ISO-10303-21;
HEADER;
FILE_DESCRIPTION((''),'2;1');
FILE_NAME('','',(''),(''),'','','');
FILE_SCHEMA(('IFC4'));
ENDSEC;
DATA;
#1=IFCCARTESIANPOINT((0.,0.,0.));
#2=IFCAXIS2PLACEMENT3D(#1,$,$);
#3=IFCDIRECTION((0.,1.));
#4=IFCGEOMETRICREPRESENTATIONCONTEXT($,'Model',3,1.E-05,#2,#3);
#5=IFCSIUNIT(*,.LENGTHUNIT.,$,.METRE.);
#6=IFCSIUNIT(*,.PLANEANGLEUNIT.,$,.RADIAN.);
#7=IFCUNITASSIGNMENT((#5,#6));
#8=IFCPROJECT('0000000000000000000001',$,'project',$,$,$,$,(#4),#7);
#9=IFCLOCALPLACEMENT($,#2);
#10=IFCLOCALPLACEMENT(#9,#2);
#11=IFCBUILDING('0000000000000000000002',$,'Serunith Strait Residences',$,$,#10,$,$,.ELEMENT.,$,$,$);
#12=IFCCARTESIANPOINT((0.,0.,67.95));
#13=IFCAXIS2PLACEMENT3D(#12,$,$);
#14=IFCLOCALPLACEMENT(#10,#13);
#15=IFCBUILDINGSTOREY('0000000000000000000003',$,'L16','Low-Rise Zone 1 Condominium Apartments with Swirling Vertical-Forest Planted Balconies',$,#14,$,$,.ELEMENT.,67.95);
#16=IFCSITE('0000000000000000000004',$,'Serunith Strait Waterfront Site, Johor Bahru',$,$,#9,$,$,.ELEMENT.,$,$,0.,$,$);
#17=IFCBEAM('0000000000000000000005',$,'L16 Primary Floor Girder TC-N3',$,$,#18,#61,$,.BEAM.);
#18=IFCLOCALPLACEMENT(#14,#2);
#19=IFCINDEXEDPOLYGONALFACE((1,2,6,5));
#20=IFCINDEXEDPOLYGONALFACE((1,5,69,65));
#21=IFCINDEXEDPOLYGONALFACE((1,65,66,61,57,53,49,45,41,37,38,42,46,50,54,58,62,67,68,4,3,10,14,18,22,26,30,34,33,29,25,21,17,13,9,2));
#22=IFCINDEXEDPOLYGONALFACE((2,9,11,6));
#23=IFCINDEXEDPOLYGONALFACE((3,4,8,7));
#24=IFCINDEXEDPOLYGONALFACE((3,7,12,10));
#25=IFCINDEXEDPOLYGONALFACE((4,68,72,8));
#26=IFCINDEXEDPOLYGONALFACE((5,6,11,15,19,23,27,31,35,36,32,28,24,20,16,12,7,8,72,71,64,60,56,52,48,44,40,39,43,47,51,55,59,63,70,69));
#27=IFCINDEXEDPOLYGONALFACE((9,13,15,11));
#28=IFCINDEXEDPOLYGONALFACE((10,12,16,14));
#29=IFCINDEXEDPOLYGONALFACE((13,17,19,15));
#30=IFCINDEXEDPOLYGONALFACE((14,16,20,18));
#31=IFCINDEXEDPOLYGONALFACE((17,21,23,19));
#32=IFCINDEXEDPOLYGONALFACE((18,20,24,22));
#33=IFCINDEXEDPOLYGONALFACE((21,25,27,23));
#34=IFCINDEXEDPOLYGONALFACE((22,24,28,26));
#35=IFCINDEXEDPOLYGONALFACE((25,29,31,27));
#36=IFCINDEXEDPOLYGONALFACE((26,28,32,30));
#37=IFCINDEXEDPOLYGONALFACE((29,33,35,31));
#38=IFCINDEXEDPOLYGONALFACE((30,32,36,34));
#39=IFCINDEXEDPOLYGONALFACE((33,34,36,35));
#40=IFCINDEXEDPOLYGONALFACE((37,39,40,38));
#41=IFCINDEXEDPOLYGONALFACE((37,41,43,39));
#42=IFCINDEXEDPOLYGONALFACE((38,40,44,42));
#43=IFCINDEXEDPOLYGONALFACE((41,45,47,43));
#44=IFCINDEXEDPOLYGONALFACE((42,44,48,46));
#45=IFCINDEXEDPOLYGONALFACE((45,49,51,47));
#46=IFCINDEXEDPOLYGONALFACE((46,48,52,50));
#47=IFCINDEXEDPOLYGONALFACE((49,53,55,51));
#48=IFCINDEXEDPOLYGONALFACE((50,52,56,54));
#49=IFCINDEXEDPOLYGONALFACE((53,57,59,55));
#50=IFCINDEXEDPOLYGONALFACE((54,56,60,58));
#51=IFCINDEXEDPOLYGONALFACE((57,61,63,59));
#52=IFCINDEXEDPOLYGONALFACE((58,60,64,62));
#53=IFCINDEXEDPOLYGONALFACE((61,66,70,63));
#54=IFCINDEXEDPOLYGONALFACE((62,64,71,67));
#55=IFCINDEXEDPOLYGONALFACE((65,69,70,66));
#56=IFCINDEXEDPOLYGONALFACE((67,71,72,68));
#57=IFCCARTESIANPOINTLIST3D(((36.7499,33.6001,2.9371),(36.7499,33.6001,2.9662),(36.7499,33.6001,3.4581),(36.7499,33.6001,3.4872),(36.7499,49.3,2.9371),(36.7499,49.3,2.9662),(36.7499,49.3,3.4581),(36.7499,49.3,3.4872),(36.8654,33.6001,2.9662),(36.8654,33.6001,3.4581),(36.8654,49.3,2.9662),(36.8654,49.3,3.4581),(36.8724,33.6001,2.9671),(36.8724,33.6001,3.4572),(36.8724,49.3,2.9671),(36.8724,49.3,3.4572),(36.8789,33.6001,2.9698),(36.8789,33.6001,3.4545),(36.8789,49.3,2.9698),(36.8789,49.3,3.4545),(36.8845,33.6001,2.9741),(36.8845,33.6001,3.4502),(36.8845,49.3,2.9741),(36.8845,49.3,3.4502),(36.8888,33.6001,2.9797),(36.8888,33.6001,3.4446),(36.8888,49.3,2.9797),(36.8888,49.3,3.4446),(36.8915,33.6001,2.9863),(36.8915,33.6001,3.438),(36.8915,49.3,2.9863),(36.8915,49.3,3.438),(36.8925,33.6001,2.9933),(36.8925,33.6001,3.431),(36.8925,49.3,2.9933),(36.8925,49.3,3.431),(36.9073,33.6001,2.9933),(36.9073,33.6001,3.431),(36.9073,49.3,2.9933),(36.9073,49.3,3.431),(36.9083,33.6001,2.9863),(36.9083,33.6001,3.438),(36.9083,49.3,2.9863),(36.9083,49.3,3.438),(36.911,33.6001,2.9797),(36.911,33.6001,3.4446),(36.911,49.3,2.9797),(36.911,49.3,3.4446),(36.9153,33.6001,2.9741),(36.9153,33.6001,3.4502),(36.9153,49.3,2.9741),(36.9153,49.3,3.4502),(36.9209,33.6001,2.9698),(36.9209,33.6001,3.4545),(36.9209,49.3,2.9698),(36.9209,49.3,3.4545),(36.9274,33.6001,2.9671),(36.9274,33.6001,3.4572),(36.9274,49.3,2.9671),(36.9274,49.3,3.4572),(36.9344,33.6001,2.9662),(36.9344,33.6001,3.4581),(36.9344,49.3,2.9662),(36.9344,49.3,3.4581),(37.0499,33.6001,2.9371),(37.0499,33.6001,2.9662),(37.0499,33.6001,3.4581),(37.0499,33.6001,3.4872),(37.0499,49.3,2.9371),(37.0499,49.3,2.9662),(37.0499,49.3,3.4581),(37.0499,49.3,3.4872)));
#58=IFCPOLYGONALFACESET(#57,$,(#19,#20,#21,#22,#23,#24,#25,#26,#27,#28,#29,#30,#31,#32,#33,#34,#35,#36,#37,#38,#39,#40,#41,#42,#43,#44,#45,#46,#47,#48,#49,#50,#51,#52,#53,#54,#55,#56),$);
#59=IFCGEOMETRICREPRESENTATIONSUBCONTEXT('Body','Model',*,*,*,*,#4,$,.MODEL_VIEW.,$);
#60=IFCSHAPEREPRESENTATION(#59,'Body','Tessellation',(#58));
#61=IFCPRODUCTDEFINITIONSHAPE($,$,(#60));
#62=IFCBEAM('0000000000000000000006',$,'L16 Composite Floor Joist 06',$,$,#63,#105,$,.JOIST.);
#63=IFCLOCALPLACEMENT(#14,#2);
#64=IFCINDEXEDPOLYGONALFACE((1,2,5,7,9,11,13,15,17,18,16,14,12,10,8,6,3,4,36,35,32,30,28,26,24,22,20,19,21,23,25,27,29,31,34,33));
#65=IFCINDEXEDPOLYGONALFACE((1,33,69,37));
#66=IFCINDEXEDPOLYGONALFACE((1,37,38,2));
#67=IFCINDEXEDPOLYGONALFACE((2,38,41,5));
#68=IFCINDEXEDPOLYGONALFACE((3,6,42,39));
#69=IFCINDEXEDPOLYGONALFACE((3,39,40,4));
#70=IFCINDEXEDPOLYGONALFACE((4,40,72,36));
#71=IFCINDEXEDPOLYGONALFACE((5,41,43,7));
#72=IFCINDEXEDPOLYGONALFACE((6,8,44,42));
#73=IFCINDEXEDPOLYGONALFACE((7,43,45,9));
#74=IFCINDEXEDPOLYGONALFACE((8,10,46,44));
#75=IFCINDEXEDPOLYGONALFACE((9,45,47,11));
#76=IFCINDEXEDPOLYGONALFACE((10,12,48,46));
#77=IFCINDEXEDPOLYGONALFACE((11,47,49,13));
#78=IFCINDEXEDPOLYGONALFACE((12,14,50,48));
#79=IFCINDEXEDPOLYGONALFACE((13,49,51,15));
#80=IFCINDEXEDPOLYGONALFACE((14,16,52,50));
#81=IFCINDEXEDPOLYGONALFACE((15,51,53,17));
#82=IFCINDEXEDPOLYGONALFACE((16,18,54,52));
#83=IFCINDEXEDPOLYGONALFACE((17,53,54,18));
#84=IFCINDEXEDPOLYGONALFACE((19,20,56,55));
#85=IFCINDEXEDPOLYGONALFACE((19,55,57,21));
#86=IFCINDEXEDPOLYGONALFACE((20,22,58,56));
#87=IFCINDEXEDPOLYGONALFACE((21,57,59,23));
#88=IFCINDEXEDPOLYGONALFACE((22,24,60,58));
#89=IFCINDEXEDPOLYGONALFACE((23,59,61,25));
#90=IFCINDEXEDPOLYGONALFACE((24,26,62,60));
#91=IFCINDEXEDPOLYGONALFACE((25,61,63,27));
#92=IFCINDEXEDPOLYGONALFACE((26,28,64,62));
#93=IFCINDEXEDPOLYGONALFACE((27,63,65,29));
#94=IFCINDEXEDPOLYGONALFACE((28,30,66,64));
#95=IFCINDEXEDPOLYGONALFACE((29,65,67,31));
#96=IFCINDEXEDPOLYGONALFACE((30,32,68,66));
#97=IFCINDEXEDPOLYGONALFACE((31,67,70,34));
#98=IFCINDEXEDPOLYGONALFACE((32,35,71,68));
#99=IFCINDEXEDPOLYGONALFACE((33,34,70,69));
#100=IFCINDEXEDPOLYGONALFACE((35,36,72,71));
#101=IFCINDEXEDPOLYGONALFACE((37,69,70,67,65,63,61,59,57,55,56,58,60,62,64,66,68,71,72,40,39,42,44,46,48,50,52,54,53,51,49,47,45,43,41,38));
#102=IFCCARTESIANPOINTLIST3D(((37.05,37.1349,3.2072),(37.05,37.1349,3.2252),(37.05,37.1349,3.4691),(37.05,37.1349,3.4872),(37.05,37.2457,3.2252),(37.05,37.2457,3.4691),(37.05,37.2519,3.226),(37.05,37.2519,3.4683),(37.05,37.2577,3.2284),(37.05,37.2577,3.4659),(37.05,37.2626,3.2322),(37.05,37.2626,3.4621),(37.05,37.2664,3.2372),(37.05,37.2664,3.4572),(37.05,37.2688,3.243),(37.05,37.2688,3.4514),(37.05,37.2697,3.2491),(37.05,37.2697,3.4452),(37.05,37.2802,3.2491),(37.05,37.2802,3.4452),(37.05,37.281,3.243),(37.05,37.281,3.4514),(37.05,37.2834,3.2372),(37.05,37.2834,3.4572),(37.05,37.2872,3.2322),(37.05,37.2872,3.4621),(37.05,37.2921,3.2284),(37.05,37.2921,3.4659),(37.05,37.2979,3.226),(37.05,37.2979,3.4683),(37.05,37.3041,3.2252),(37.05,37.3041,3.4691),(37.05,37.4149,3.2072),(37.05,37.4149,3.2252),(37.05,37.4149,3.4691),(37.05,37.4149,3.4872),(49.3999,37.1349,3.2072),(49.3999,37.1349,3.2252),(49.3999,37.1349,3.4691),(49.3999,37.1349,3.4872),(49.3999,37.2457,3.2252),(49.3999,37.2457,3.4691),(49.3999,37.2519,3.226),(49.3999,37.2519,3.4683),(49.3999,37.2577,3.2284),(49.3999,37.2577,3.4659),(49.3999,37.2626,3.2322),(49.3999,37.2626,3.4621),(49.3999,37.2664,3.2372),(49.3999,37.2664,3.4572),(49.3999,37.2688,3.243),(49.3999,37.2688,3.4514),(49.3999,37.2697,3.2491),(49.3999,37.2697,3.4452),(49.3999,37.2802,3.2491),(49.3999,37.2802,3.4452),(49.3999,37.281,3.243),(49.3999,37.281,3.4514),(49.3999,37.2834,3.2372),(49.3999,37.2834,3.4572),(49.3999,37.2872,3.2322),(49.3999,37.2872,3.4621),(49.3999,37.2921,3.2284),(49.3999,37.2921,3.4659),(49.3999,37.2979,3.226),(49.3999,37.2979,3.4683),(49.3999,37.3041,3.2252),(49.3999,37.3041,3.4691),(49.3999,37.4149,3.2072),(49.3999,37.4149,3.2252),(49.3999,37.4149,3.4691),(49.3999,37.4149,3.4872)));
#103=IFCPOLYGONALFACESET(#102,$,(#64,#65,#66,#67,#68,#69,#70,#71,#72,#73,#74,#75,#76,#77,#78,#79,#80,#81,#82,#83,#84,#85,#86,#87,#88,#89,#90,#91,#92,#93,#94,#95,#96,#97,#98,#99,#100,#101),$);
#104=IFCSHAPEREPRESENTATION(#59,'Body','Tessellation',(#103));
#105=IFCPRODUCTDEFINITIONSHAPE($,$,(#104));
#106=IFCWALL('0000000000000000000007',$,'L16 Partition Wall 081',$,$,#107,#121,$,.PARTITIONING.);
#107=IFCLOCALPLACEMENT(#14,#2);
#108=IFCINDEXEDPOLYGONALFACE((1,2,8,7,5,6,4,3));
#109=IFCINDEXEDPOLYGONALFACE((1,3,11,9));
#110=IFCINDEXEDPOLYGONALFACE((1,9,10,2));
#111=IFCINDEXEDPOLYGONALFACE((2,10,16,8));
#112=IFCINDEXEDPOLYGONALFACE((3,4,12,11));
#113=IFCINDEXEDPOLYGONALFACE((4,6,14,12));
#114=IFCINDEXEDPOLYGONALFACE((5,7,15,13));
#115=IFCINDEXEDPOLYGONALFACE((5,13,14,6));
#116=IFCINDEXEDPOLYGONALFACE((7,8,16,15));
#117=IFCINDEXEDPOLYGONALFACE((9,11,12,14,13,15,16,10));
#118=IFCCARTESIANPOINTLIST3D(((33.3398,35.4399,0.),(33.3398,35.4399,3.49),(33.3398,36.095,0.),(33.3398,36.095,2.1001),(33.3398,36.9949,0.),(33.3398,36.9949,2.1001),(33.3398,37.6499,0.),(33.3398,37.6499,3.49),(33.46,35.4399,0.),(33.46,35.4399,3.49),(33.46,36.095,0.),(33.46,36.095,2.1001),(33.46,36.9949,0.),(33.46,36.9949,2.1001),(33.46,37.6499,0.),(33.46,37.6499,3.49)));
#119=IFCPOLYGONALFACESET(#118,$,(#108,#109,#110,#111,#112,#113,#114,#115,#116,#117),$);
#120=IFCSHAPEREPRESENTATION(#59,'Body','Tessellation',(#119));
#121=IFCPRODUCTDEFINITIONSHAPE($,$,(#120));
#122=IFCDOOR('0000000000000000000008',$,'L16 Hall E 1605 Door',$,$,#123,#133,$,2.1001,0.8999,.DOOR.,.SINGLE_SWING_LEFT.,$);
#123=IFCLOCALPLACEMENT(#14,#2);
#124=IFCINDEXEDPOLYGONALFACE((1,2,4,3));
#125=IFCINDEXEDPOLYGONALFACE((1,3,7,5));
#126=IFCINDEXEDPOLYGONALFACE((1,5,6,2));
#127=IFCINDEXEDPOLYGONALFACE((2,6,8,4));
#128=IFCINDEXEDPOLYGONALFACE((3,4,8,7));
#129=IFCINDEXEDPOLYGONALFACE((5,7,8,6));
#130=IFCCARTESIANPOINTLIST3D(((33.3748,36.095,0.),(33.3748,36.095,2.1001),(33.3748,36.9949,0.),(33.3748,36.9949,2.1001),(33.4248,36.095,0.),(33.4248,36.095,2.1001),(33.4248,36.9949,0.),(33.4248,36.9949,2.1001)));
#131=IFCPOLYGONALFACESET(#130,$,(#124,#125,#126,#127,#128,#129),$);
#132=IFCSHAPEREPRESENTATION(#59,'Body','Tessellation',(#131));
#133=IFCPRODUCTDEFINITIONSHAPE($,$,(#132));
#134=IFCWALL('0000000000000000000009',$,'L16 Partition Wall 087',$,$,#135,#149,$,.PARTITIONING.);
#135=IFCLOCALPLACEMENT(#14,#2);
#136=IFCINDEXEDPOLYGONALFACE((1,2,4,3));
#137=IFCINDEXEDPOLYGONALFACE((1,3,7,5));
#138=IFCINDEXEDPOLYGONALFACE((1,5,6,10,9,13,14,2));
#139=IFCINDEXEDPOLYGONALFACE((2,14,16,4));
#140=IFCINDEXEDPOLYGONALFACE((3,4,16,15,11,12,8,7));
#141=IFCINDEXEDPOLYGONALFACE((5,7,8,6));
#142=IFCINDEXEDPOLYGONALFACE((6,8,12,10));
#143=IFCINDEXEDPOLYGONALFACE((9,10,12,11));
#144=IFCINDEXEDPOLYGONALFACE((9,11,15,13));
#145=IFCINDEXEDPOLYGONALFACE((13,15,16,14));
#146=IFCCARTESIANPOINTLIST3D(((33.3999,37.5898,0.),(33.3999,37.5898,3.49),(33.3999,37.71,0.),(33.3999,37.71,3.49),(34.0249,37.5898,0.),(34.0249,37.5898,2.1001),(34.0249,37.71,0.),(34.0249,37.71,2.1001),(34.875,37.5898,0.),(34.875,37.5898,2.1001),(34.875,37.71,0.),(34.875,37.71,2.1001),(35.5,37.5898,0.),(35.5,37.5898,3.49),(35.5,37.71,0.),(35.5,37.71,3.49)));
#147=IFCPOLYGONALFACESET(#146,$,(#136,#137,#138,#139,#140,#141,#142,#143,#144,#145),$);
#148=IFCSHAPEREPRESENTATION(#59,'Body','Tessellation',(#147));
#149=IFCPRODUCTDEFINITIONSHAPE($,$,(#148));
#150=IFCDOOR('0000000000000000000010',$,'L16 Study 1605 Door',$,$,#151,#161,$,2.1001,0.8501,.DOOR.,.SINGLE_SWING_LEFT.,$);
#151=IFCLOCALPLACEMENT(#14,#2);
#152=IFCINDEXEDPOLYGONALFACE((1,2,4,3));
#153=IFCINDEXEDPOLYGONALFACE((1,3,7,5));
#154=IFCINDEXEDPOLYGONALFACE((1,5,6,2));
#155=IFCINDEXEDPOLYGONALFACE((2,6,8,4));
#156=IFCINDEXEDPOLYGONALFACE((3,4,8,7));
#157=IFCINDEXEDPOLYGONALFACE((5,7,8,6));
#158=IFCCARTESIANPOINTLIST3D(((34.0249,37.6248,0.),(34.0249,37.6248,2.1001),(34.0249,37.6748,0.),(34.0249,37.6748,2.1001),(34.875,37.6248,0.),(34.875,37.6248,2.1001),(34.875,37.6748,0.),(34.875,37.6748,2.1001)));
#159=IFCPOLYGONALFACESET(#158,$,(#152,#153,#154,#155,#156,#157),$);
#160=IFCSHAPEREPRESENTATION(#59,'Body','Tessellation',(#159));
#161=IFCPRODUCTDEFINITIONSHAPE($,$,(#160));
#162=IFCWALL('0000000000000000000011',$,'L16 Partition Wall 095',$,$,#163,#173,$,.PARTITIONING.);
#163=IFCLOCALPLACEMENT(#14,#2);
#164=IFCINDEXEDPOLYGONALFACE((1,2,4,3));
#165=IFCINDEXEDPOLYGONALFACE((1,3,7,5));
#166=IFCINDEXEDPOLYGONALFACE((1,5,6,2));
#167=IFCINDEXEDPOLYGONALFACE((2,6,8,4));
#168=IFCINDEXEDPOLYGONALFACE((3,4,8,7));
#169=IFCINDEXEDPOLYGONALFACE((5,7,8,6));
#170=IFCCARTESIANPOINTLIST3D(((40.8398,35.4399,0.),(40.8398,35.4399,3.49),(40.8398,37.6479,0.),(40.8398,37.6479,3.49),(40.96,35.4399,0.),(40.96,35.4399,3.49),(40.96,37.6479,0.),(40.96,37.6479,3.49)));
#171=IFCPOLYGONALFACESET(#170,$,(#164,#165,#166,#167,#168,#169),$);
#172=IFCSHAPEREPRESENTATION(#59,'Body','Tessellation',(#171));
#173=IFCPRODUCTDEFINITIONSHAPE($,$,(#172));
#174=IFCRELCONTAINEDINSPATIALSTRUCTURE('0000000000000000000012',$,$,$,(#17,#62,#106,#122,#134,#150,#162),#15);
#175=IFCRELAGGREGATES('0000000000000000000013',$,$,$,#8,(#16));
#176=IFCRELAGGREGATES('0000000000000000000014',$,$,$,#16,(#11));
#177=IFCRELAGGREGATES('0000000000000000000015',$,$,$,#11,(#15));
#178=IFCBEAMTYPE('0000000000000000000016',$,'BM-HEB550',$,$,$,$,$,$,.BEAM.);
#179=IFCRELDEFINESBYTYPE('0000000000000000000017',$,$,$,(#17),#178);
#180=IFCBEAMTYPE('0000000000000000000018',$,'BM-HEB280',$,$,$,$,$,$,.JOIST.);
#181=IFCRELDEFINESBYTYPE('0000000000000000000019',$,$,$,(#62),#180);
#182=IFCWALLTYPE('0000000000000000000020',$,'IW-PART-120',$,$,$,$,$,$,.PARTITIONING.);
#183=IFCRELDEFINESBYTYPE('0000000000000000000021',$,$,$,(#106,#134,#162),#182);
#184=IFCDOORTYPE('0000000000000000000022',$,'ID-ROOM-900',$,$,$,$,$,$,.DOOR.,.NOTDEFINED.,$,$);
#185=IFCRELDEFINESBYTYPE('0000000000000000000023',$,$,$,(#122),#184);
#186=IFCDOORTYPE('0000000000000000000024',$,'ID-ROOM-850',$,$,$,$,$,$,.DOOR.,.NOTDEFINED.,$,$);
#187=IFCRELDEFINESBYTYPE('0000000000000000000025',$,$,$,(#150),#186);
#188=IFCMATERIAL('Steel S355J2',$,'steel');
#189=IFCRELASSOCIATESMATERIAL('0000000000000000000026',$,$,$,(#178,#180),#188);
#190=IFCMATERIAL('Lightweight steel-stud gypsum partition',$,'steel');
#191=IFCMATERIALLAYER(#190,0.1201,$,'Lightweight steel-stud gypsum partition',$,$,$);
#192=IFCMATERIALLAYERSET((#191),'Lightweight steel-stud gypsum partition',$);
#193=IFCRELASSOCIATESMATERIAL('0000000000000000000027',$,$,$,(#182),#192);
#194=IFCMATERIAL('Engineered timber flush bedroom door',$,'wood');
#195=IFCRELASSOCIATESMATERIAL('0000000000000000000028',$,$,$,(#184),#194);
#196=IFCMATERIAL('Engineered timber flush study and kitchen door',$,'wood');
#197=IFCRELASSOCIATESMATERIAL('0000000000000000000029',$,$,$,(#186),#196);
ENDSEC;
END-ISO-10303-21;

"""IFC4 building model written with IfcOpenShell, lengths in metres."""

from ifc_helpers import new_model, si_unit, direction, frame, frame_2d, origin, origin_2d, place, context, subcontext, project, spatial, rectangle, i_section, extrude, source, transform, mapped, material, layer, layer_set, material_profile, profile_set, type_object, element, fill, save


model = new_model("IFC4")

# Units and contexts
model_context = context("Model", 3, precision=1e-05, world=origin(), true_north=direction((0.0, 1.0)))
body_context = subcontext(model_context, "Body", "Model", "MODEL_VIEW")
ifc_project = project(units=[si_unit("LENGTHUNIT", "METRE"), si_unit("PLANEANGLEUNIT", "RADIAN")], contexts=[model_context])

# Site, building, storey
site_placement = place(None, origin())
site = spatial("IfcSite", under=ifc_project, at=site_placement, Name="Serunith Strait Waterfront Site, Johor Bahru", CompositionType="ELEMENT", RefElevation=0.0)
building_placement = place(site_placement, origin())
building = spatial("IfcBuilding", under=site, at=building_placement, Name="Serunith Strait Residences", CompositionType="ELEMENT")
storey_placement = place(building_placement, frame((0.0, 0.0, 67.95)))
storey = spatial("IfcBuildingStorey", under=building, at=storey_placement, Name="L16", Description="Low-Rise Zone 1 Condominium Apartments with Swirling Vertical-Forest Planted Balconies", CompositionType="ELEMENT", Elevation=67.95)

# Beams
ifc_material_1 = material(Name="Steel S355J2", Category="steel")
ifc_material_profile_1 = material_profile(ifc_material_1, i_section(OverallWidth=0.3, OverallDepth=0.55, WebThickness=0.0149, FlangeThickness=0.0291, FilletRadius=0.0271, at=origin_2d()), Name="HEB 550")
ifc_profile_set_1 = profile_set([ifc_material_profile_1], Name="Steel S355J2")
beam_type_1 = type_object("IfcBeamType", Name="BM-HEB550", PredefinedType="BEAM", material=ifc_profile_set_1)
shared_shape_1 = source(origin(), body_context, "Body", "SweptSolid", [
    extrude(i_section(OverallWidth=0.3, OverallDepth=0.55, WebThickness=0.0149, FlangeThickness=0.0291, FilletRadius=0.0271, at=origin_2d()), origin(), (0.0, 0.0, 1.0), 15.7),
])
beam_1_placement = place(storey_placement, frame((36.8999, 33.6001, 3.2122), z_axis=(0.0, 1.0, 0.0), x_axis=(-1.0, 0.0, 0.0)))
element("IfcBeam", 1, at=beam_1_placement, inside=storey, type_object=beam_type_1, Name="L16 Primary Floor Girder TC-N3", PredefinedType="BEAM", context=body_context, shape_type="MappedRepresentation", body=[
    mapped(shared_shape_1, transform((0.0, 0.0, 0.0), scale=1.0)),
])
ifc_material_profile_2 = material_profile(ifc_material_1, i_section(OverallWidth=0.28, OverallDepth=0.28, WebThickness=0.0105, FlangeThickness=0.0181, FilletRadius=0.0239, at=origin_2d()), Name="HEB 280")
ifc_profile_set_2 = profile_set([ifc_material_profile_2], Name="Steel S355J2")
beam_type_2 = type_object("IfcBeamType", Name="BM-HEB280", PredefinedType="JOIST", material=ifc_profile_set_2)
shared_shape_2 = source(origin(), body_context, "Body", "SweptSolid", [
    extrude(i_section(OverallWidth=0.28, OverallDepth=0.28, WebThickness=0.0105, FlangeThickness=0.0181, FilletRadius=0.0239, at=origin_2d()), origin(), (0.0, 0.0, 1.0), 12.3499),
])
beam_2_placement = place(storey_placement, frame((37.05, 37.2749, 3.3472), z_axis=(1.0, 0.0, 0.0), x_axis=(0.0, 1.0, 0.0)))
element("IfcBeam", 2, at=beam_2_placement, inside=storey, type_object=beam_type_2, Name="L16 Composite Floor Joist 06", PredefinedType="JOIST", context=body_context, shape_type="MappedRepresentation", body=[
    mapped(shared_shape_2, transform((0.0, 0.0, 0.0), scale=1.0)),
])

# Walls, openings, doors
ifc_material_2 = material(Name="Lightweight steel-stud gypsum partition", Category="steel")
ifc_layer_1 = layer(ifc_material_2, 0.1201, Name="Lightweight steel-stud gypsum partition")
ifc_layer_set_1 = layer_set([ifc_layer_1], Name="Lightweight steel-stud gypsum partition")
wall_type_1 = type_object("IfcWallType", Name="IW-PART-120", PredefinedType="PARTITIONING", material=ifc_layer_set_1)
wall_1_placement = place(storey_placement, frame((33.3999, 37.6499, 0.0), z_axis=(0.0, 0.0, 1.0), x_axis=(0.0, -1.0, 0.0)))
wall_1 = element("IfcWall", 3, at=wall_1_placement, inside=storey, type_object=wall_type_1, Name="L16 Partition Wall 081", PredefinedType="PARTITIONING", context=body_context, shape_type="SweptSolid", body=[
    extrude(rectangle(XDim=2.21, YDim=0.1201, at=frame_2d((1.105, 0.0))), origin(), (0.0, 0.0, 1.0), 3.49),
])
opening_1_placement = place(wall_1_placement, frame((0.655, 0.0, 0.0)))
opening_1 = element("IfcOpeningElement", 4, at=opening_1_placement, cuts=wall_1, PredefinedType="OPENING", context=body_context, shape_type="SweptSolid", body=[
    extrude(rectangle(XDim=0.8999, YDim=2.1001, at=frame_2d((0.45, 1.05))), frame((0.0, 0.0701, 0.0), z_axis=(0.0, -1.0, 0.0), x_axis=(1.0, 0.0, 0.0)), (0.0, 0.0, 1.0), 0.1401),
])
ifc_material_3 = material(Name="Engineered timber flush bedroom door", Category="wood")
door_type_1 = type_object("IfcDoorType", Name="ID-ROOM-900", OperationType="NOTDEFINED", PredefinedType="DOOR", material=ifc_material_3)
shared_shape_3 = source(origin(), body_context, "Body", "SweptSolid", [
    extrude(rectangle(XDim=0.8999, YDim=2.1001, at=frame_2d((0.45, 1.05))), frame((0.0, 0.0249, 0.0), z_axis=(0.0, -1.0, 0.0), x_axis=(1.0, 0.0, 0.0)), (0.0, 0.0, 1.0), 0.05),
])
door_1_placement = place(opening_1_placement, origin())
door_1 = element("IfcDoor", 5, at=door_1_placement, inside=storey, type_object=door_type_1, Name="L16 Hall E 1605 Door", OperationType="SINGLE_SWING_LEFT", OverallHeight=2.1001, OverallWidth=0.8999, PredefinedType="DOOR", context=body_context, shape_type="MappedRepresentation", body=[
    mapped(shared_shape_3, transform((0.0, 0.0, 0.0), scale=1.0)),
])
fill(opening_1, door_1)
wall_2_placement = place(storey_placement, frame((33.3999, 37.6499, 0.0), z_axis=(0.0, 0.0, 1.0), x_axis=(1.0, 0.0, 0.0)))
wall_2 = element("IfcWall", 6, at=wall_2_placement, inside=storey, type_object=wall_type_1, Name="L16 Partition Wall 087", PredefinedType="PARTITIONING", context=body_context, shape_type="SweptSolid", body=[
    extrude(rectangle(XDim=2.1001, YDim=0.1201, at=frame_2d((1.05, 0.0))), origin(), (0.0, 0.0, 1.0), 3.49),
])
opening_2_placement = place(wall_2_placement, frame((0.625, 0.0, 0.0)))
opening_2 = element("IfcOpeningElement", 7, at=opening_2_placement, cuts=wall_2, PredefinedType="OPENING", context=body_context, shape_type="SweptSolid", body=[
    extrude(rectangle(XDim=0.8501, YDim=2.1001, at=frame_2d((0.425, 1.05))), frame((0.0, 0.0701, 0.0), z_axis=(0.0, -1.0, 0.0), x_axis=(1.0, 0.0, 0.0)), (0.0, 0.0, 1.0), 0.1401),
])
ifc_material_4 = material(Name="Engineered timber flush study and kitchen door", Category="wood")
door_type_2 = type_object("IfcDoorType", Name="ID-ROOM-850", OperationType="NOTDEFINED", PredefinedType="DOOR", material=ifc_material_4)
shared_shape_4 = source(origin(), body_context, "Body", "SweptSolid", [
    extrude(rectangle(XDim=0.8501, YDim=2.1001, at=frame_2d((0.425, 1.05))), frame((0.0, 0.0249, 0.0), z_axis=(0.0, -1.0, 0.0), x_axis=(1.0, 0.0, 0.0)), (0.0, 0.0, 1.0), 0.05),
])
door_2_placement = place(opening_2_placement, origin())
door_2 = element("IfcDoor", 8, at=door_2_placement, inside=storey, type_object=door_type_2, Name="L16 Study 1605 Door", OperationType="SINGLE_SWING_LEFT", OverallHeight=2.1001, OverallWidth=0.8501, PredefinedType="DOOR", context=body_context, shape_type="MappedRepresentation", body=[
    mapped(shared_shape_4, transform((0.0, 0.0, 0.0), scale=1.0)),
])
fill(opening_2, door_2)

# Wall
wall_3_placement = place(storey_placement, frame((40.8999, 37.6479, 0.0), z_axis=(0.0, 0.0, 1.0), x_axis=(0.0, -1.0, 0.0)))
element("IfcWall", 9, at=wall_3_placement, inside=storey, type_object=wall_type_1, Name="L16 Partition Wall 095", PredefinedType="PARTITIONING", context=body_context, shape_type="SweptSolid", body=[
    extrude(rectangle(XDim=2.208, YDim=0.1201, at=frame_2d((1.104, 0.0))), origin(), (0.0, 0.0, 1.0), 3.49),
])

save(model, "model.ifc")
